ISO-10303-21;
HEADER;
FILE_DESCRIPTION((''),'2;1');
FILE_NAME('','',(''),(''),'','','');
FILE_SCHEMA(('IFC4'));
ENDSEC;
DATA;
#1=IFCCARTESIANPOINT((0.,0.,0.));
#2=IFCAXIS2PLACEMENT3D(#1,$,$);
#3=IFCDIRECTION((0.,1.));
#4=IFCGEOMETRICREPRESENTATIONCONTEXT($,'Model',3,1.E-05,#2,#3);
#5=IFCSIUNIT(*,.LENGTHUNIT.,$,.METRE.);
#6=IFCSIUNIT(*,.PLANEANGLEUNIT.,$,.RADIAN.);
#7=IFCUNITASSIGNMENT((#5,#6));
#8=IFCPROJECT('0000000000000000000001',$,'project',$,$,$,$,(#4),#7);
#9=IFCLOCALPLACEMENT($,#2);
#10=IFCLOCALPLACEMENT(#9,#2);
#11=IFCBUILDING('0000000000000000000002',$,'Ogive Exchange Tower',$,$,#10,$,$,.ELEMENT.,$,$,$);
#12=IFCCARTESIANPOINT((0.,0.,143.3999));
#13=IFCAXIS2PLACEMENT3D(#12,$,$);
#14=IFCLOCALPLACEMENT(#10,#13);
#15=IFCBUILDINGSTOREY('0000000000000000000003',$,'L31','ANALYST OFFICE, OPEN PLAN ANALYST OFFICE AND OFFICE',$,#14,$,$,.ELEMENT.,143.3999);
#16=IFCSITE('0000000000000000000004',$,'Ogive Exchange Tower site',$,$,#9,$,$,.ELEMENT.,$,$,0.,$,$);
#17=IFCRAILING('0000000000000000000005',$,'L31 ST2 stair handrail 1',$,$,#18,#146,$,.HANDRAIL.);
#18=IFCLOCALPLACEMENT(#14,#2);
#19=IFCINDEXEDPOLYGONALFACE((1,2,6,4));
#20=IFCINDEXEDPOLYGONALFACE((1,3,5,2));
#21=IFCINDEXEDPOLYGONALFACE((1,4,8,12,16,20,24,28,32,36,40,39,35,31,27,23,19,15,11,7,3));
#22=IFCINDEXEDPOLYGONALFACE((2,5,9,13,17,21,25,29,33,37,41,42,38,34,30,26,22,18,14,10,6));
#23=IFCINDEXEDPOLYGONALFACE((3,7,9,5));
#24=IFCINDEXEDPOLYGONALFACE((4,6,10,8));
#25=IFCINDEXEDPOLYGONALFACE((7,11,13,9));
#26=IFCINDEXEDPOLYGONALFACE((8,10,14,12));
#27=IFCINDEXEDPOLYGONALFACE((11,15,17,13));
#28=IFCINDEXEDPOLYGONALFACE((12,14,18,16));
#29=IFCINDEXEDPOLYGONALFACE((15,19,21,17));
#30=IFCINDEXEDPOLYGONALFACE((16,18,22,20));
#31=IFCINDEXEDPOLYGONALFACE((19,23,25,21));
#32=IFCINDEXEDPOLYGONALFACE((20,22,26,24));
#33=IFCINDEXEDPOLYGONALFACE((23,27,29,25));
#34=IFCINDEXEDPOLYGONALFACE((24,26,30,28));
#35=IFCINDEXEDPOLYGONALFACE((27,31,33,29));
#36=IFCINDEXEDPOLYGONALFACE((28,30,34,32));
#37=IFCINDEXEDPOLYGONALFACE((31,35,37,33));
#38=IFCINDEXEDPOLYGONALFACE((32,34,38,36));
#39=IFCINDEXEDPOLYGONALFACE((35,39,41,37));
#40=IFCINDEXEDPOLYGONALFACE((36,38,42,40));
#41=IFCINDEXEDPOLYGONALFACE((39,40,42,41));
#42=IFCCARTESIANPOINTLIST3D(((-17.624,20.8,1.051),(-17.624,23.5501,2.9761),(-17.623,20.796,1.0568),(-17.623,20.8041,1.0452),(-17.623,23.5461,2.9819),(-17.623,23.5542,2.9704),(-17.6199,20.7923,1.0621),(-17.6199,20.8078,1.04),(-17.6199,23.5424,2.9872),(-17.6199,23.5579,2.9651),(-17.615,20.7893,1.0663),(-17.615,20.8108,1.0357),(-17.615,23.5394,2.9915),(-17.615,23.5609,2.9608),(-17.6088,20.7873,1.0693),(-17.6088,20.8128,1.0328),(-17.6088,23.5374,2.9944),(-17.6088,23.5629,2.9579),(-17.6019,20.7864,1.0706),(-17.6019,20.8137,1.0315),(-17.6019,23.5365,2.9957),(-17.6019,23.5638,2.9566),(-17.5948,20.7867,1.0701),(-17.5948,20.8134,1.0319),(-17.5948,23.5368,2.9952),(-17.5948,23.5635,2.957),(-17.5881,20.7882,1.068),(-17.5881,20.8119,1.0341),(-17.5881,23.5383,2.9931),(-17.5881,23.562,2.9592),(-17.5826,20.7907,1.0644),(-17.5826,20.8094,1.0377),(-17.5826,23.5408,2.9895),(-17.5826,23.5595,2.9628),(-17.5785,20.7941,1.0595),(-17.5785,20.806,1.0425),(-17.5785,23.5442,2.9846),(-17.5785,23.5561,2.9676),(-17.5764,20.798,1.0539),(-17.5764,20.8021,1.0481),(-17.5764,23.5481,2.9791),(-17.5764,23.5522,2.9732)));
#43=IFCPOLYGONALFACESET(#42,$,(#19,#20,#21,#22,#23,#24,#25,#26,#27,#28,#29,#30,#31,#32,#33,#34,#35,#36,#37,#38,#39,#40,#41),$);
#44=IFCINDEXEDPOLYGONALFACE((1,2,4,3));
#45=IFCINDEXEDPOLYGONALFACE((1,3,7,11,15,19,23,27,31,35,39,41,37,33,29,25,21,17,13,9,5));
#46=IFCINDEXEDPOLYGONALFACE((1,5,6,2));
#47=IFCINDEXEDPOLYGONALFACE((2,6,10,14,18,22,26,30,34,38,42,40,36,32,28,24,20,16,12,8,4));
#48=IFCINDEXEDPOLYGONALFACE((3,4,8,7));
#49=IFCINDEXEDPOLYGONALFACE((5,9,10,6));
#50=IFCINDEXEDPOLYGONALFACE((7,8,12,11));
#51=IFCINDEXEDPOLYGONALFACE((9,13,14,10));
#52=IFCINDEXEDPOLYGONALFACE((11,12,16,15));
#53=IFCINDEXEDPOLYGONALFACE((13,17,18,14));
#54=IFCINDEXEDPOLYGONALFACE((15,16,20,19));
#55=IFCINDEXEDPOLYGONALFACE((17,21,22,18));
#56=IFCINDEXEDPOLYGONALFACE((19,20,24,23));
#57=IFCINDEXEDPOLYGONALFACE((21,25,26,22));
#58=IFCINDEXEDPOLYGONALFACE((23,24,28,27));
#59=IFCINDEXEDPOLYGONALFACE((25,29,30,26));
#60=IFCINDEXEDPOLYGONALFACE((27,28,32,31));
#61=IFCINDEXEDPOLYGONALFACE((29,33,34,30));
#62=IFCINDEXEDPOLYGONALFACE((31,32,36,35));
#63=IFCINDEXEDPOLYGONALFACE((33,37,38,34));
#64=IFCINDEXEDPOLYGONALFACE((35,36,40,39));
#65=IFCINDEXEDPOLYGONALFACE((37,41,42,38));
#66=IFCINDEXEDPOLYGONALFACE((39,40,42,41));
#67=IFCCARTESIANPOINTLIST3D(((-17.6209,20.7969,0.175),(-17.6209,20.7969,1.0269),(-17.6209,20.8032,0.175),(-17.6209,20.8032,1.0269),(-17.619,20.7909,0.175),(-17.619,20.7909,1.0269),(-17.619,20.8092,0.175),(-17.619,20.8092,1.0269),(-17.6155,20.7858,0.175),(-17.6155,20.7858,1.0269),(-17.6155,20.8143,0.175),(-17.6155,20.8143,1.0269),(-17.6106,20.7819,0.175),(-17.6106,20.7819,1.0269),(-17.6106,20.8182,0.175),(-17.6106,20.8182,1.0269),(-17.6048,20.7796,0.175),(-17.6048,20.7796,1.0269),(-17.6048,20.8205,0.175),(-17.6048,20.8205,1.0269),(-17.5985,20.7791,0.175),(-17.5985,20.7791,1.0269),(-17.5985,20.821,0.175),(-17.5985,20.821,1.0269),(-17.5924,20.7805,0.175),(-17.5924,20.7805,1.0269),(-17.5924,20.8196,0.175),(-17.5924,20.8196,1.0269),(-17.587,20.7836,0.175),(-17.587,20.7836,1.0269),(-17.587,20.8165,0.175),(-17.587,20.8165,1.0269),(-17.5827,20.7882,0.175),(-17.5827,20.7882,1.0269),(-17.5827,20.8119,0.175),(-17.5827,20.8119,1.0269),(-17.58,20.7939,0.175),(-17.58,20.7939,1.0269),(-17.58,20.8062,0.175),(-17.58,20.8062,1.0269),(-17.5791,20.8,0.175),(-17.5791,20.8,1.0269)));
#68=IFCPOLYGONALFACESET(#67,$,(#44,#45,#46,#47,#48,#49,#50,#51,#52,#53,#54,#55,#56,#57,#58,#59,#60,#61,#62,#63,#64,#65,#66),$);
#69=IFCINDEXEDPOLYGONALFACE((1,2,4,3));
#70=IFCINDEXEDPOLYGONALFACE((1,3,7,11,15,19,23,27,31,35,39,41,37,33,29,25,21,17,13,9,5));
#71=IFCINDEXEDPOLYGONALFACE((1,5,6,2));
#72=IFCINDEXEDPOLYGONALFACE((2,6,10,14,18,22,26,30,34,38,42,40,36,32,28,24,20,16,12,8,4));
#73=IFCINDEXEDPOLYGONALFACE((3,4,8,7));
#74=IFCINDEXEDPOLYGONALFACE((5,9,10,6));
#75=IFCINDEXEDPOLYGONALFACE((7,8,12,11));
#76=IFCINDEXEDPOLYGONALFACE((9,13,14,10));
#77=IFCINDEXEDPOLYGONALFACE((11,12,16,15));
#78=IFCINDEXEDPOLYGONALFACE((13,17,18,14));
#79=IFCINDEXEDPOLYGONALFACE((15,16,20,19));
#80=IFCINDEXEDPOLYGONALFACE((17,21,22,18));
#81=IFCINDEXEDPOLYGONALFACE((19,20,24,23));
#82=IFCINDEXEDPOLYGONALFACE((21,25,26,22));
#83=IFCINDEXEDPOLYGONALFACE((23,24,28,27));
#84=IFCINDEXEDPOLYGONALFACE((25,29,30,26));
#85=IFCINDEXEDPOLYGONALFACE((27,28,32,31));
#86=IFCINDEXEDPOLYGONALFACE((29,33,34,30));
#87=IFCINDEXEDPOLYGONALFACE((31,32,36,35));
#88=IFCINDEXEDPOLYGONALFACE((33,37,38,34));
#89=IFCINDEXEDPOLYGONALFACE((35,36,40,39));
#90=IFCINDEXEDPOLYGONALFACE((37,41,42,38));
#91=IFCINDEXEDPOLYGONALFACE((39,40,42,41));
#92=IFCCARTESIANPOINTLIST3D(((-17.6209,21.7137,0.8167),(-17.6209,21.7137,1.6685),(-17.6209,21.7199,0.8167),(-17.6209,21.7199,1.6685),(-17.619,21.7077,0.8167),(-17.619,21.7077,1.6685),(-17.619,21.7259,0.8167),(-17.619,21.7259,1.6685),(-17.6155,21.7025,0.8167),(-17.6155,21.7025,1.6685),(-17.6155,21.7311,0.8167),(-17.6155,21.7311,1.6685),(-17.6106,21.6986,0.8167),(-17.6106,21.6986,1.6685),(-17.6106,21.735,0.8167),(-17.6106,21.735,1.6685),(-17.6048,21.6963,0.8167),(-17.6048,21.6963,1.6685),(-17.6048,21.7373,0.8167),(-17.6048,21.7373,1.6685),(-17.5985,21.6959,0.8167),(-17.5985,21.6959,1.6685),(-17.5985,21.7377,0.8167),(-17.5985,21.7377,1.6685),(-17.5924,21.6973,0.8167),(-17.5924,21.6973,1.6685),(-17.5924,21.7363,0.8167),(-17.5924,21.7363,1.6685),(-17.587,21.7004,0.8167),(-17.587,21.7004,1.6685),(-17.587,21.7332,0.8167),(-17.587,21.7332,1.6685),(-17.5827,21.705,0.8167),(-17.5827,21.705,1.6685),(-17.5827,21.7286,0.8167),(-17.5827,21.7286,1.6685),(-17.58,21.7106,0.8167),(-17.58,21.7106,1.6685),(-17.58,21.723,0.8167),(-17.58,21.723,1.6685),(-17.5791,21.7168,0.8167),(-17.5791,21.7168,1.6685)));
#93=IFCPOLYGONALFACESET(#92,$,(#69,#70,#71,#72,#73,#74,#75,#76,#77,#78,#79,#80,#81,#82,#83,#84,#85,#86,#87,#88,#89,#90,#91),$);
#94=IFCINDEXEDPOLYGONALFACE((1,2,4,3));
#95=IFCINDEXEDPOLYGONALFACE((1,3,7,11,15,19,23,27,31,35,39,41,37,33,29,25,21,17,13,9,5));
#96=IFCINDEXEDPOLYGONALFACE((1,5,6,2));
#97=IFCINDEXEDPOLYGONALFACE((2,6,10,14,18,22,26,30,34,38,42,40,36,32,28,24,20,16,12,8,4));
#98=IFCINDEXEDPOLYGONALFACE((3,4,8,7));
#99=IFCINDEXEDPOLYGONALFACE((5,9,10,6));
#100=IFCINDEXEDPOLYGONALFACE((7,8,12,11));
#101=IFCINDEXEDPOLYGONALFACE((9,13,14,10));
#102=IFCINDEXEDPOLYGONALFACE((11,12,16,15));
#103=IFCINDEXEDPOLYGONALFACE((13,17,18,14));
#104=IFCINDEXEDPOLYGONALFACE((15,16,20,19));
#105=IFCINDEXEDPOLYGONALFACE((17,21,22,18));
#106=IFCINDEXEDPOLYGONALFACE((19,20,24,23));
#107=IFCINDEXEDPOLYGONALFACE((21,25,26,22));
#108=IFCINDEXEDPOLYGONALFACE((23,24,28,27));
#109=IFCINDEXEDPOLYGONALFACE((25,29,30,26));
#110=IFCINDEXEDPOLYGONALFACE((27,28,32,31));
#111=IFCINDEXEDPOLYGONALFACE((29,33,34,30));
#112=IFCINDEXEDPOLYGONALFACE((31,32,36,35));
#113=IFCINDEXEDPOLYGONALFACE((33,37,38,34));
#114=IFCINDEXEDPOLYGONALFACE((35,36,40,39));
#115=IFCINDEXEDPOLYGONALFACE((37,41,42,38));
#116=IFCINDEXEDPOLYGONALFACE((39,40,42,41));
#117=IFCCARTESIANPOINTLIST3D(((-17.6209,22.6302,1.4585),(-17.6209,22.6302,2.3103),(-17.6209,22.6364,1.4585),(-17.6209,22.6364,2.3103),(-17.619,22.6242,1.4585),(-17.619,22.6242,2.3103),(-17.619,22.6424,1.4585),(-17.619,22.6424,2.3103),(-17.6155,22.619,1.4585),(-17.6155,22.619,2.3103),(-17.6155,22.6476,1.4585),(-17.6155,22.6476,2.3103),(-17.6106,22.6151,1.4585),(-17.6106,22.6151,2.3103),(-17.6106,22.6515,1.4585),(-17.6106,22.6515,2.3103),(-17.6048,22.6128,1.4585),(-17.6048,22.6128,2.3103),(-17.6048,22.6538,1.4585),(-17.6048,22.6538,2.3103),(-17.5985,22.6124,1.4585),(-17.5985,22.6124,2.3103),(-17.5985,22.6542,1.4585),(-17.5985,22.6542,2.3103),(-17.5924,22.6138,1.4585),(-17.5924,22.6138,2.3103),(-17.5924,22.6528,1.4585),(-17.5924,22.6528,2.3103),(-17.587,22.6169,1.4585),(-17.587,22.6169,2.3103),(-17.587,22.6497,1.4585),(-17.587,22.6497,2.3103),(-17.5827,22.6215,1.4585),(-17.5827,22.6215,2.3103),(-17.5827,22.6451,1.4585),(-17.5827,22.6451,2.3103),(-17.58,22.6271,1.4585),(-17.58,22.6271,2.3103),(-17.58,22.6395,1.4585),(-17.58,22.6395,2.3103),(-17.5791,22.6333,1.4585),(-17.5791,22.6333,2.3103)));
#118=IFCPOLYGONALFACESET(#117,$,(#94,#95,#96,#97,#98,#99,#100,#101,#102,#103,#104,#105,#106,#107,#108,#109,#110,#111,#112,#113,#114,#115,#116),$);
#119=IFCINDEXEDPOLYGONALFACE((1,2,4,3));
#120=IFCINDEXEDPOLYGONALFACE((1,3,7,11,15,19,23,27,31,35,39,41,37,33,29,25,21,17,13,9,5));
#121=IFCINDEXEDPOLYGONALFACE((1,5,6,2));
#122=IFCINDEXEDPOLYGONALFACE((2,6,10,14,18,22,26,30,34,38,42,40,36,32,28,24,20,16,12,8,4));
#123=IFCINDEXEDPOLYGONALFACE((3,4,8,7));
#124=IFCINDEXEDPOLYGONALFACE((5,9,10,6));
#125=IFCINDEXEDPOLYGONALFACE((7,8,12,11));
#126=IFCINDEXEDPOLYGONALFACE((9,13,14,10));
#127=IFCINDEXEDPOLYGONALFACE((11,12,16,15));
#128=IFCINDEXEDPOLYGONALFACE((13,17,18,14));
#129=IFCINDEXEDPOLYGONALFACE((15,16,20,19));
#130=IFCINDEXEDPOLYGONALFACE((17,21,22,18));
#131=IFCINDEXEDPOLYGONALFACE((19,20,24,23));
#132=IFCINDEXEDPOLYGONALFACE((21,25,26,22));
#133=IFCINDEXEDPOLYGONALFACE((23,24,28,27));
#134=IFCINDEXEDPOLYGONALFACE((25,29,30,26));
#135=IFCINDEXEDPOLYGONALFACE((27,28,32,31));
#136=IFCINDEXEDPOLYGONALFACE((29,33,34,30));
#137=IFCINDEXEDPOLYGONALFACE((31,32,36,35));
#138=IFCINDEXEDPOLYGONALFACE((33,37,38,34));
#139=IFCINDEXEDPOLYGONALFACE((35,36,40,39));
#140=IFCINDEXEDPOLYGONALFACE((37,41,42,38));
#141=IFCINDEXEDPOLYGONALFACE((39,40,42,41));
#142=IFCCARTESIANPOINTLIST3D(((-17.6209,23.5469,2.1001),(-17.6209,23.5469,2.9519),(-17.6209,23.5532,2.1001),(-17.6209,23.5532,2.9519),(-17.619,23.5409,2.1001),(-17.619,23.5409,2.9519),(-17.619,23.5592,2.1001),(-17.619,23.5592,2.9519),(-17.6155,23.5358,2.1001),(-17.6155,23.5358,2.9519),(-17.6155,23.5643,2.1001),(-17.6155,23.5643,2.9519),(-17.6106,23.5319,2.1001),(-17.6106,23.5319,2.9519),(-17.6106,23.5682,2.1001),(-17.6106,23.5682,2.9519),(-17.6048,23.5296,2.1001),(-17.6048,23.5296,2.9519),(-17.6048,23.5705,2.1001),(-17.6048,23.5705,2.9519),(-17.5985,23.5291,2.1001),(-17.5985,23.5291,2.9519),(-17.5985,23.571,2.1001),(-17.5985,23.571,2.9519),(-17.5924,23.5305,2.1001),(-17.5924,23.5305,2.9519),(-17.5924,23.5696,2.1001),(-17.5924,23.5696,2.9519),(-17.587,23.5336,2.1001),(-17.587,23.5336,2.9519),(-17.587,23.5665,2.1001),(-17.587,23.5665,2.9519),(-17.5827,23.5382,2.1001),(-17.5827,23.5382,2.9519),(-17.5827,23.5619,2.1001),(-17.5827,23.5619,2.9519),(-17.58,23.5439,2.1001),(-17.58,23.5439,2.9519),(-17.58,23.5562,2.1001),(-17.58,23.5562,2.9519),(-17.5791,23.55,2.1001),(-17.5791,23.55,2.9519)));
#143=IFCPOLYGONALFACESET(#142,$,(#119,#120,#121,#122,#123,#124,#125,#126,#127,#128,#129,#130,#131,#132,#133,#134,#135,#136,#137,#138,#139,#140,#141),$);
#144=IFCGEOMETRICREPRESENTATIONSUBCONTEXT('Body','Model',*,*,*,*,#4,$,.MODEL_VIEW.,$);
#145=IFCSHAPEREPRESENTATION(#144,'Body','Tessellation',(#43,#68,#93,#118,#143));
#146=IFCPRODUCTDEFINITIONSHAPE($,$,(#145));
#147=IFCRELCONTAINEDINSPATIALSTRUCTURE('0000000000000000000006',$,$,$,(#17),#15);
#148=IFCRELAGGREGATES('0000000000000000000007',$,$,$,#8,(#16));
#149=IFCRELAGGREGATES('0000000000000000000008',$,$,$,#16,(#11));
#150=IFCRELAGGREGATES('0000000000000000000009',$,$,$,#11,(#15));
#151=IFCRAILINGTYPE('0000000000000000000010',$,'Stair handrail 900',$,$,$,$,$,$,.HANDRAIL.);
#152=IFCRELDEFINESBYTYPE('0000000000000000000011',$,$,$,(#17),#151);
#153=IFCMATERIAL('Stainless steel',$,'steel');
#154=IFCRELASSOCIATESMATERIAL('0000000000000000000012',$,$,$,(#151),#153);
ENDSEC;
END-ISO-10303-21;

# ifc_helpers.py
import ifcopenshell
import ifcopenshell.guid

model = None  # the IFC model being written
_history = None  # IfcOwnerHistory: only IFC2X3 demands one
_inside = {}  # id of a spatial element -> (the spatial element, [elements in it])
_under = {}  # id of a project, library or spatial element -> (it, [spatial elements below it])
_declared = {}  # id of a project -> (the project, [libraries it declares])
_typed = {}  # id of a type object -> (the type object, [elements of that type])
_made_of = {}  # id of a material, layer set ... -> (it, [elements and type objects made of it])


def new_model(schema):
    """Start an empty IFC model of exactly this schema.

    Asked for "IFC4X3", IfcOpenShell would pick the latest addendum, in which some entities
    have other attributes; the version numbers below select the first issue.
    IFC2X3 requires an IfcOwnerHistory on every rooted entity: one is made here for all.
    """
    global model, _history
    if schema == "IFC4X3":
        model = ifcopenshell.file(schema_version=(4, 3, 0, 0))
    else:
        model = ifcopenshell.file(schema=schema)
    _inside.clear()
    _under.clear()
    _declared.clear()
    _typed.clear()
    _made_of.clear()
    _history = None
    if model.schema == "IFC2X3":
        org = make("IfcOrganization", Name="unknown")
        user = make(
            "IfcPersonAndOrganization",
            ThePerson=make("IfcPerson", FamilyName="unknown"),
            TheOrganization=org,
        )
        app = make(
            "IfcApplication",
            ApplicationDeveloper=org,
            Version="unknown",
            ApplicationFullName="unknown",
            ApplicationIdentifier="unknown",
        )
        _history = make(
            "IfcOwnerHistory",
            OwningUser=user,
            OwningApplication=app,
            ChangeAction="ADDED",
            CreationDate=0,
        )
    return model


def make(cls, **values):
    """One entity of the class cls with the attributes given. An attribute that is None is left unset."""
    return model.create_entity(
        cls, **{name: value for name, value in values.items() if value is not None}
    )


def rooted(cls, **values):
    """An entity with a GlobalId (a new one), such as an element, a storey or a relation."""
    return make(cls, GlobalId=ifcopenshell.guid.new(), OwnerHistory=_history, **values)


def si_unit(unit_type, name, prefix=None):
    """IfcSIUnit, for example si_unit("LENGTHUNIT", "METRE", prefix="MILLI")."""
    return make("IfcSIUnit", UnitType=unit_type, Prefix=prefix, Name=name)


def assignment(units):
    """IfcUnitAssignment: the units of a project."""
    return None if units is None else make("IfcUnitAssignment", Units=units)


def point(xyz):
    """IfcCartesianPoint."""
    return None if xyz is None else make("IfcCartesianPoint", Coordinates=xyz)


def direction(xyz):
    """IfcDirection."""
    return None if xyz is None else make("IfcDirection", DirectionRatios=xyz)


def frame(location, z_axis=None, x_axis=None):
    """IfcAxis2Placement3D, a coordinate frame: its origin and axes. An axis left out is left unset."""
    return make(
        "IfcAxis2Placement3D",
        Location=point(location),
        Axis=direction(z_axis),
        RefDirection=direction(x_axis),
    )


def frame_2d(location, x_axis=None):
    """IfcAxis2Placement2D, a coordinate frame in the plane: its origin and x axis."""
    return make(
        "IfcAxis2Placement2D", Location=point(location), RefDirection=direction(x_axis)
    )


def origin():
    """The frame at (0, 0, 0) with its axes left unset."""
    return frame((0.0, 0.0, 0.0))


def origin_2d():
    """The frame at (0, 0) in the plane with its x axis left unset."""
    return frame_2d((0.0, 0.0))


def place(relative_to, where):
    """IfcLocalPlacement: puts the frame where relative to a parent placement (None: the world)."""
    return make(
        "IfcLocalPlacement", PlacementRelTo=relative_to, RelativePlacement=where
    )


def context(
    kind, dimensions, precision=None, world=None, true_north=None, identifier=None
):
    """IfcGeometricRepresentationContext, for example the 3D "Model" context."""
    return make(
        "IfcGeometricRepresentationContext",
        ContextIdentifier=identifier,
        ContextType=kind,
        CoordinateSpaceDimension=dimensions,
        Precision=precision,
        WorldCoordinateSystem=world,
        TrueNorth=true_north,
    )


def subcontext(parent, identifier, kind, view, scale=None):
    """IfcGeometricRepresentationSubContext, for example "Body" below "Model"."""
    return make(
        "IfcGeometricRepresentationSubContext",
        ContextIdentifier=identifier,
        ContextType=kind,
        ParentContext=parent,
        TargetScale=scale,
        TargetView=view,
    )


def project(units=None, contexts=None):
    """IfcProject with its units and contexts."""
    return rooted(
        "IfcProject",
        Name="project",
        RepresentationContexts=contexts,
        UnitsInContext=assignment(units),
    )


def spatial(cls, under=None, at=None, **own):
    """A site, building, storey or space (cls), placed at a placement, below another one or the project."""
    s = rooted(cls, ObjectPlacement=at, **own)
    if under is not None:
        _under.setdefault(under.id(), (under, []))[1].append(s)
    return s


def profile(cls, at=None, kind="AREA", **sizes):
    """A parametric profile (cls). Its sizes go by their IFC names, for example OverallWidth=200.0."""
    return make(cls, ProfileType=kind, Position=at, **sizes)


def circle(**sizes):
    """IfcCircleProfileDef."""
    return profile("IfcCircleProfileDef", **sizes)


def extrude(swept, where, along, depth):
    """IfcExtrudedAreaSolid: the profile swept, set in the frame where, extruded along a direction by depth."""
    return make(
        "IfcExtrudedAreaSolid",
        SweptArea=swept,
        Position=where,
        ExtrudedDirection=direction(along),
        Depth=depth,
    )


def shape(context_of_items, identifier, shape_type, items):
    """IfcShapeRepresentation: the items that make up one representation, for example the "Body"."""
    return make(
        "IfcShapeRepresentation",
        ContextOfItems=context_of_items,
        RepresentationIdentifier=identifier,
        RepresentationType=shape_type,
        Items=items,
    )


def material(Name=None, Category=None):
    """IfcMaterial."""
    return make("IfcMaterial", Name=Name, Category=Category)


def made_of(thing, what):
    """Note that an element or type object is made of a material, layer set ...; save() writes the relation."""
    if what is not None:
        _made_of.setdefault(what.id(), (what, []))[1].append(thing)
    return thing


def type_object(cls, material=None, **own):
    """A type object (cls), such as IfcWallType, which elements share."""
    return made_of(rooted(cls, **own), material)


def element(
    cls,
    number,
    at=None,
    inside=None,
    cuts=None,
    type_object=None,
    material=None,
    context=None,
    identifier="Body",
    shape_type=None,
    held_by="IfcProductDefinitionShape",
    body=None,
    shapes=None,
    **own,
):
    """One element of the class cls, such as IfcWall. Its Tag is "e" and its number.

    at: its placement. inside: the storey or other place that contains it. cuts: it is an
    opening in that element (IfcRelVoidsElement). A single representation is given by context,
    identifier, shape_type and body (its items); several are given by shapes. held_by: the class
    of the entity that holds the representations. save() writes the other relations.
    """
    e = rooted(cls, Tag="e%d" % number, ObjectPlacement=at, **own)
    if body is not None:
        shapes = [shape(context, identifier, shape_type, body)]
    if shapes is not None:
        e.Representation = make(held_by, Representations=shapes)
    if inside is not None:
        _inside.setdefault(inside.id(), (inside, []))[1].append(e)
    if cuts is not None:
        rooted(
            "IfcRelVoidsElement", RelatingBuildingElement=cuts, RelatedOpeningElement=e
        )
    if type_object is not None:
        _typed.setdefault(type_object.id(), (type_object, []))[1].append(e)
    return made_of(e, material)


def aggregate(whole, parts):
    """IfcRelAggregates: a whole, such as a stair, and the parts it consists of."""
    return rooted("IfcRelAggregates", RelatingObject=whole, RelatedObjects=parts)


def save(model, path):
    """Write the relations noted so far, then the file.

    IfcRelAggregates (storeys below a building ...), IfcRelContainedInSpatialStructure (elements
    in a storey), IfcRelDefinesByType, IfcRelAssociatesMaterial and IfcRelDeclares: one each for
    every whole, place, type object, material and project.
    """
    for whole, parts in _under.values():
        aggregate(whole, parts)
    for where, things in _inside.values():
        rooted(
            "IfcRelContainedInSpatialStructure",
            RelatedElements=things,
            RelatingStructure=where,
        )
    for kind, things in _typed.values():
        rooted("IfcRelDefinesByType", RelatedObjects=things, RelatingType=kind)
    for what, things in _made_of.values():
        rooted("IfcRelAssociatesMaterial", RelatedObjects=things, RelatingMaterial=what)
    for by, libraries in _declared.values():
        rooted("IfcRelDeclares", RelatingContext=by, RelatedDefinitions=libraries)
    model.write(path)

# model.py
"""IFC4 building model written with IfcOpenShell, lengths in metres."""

from ifc_helpers import new_model, si_unit, direction, frame, origin, origin_2d, place, context, subcontext, project, spatial, circle, extrude, material, type_object, element, save


model = new_model("IFC4")

# Units and contexts
model_context = context("Model", 3, precision=1e-05, world=origin(), true_north=direction((0.0, 1.0)))
body_context = subcontext(model_context, "Body", "Model", "MODEL_VIEW")
ifc_project = project(units=[si_unit("LENGTHUNIT", "METRE"), si_unit("PLANEANGLEUNIT", "RADIAN")], contexts=[model_context])

# Site, building, storey
site_placement = place(None, origin())
site = spatial("IfcSite", under=ifc_project, at=site_placement, Name="Ogive Exchange Tower site", CompositionType="ELEMENT", RefElevation=0.0)
building_placement = place(site_placement, origin())
building = spatial("IfcBuilding", under=site, at=building_placement, Name="Ogive Exchange Tower", CompositionType="ELEMENT")
storey_placement = place(building_placement, frame((0.0, 0.0, 143.3999)))
storey = spatial("IfcBuildingStorey", under=building, at=storey_placement, Name="L31", Description="ANALYST OFFICE, OPEN PLAN ANALYST OFFICE AND OFFICE", CompositionType="ELEMENT", Elevation=143.3999)

# Railing
ifc_material_1 = material(Name="Stainless steel", Category="steel")
railing_type = type_object("IfcRailingType", Name="Stair handrail 900", PredefinedType="HANDRAIL", material=ifc_material_1)
railing_placement = place(storey_placement, frame((-17.6001, 20.8, 0.175)))
element("IfcRailing", 1, at=railing_placement, inside=storey, type_object=railing_type, Name="L31 ST2 stair handrail 1", PredefinedType="HANDRAIL", context=body_context, shape_type="SweptSolid", body=[
    extrude(circle(Radius=0.0239, at=origin_2d()), frame((0.0, 0.0, 0.876), z_axis=(0.0, 0.819225, 0.573472), x_axis=(-1.0, 0.0, 0.0)), (0.0, 0.0, 1.0), 3.3569),
    extrude(circle(Radius=0.021, at=origin_2d()), origin(), (0.0, 0.0, 1.0), 0.8518),
    extrude(circle(Radius=0.021, at=origin_2d()), frame((0.0, 0.9167, 0.6416)), (0.0, 0.0, 1.0), 0.8518),
    extrude(circle(Radius=0.021, at=origin_2d()), frame((0.0, 1.8333, 1.2834)), (0.0, 0.0, 1.0), 0.8518),
    extrude(circle(Radius=0.021, at=origin_2d()), frame((0.0, 2.75, 1.925)), (0.0, 0.0, 1.0), 0.8518),
])

save(model, "model.ifc")
